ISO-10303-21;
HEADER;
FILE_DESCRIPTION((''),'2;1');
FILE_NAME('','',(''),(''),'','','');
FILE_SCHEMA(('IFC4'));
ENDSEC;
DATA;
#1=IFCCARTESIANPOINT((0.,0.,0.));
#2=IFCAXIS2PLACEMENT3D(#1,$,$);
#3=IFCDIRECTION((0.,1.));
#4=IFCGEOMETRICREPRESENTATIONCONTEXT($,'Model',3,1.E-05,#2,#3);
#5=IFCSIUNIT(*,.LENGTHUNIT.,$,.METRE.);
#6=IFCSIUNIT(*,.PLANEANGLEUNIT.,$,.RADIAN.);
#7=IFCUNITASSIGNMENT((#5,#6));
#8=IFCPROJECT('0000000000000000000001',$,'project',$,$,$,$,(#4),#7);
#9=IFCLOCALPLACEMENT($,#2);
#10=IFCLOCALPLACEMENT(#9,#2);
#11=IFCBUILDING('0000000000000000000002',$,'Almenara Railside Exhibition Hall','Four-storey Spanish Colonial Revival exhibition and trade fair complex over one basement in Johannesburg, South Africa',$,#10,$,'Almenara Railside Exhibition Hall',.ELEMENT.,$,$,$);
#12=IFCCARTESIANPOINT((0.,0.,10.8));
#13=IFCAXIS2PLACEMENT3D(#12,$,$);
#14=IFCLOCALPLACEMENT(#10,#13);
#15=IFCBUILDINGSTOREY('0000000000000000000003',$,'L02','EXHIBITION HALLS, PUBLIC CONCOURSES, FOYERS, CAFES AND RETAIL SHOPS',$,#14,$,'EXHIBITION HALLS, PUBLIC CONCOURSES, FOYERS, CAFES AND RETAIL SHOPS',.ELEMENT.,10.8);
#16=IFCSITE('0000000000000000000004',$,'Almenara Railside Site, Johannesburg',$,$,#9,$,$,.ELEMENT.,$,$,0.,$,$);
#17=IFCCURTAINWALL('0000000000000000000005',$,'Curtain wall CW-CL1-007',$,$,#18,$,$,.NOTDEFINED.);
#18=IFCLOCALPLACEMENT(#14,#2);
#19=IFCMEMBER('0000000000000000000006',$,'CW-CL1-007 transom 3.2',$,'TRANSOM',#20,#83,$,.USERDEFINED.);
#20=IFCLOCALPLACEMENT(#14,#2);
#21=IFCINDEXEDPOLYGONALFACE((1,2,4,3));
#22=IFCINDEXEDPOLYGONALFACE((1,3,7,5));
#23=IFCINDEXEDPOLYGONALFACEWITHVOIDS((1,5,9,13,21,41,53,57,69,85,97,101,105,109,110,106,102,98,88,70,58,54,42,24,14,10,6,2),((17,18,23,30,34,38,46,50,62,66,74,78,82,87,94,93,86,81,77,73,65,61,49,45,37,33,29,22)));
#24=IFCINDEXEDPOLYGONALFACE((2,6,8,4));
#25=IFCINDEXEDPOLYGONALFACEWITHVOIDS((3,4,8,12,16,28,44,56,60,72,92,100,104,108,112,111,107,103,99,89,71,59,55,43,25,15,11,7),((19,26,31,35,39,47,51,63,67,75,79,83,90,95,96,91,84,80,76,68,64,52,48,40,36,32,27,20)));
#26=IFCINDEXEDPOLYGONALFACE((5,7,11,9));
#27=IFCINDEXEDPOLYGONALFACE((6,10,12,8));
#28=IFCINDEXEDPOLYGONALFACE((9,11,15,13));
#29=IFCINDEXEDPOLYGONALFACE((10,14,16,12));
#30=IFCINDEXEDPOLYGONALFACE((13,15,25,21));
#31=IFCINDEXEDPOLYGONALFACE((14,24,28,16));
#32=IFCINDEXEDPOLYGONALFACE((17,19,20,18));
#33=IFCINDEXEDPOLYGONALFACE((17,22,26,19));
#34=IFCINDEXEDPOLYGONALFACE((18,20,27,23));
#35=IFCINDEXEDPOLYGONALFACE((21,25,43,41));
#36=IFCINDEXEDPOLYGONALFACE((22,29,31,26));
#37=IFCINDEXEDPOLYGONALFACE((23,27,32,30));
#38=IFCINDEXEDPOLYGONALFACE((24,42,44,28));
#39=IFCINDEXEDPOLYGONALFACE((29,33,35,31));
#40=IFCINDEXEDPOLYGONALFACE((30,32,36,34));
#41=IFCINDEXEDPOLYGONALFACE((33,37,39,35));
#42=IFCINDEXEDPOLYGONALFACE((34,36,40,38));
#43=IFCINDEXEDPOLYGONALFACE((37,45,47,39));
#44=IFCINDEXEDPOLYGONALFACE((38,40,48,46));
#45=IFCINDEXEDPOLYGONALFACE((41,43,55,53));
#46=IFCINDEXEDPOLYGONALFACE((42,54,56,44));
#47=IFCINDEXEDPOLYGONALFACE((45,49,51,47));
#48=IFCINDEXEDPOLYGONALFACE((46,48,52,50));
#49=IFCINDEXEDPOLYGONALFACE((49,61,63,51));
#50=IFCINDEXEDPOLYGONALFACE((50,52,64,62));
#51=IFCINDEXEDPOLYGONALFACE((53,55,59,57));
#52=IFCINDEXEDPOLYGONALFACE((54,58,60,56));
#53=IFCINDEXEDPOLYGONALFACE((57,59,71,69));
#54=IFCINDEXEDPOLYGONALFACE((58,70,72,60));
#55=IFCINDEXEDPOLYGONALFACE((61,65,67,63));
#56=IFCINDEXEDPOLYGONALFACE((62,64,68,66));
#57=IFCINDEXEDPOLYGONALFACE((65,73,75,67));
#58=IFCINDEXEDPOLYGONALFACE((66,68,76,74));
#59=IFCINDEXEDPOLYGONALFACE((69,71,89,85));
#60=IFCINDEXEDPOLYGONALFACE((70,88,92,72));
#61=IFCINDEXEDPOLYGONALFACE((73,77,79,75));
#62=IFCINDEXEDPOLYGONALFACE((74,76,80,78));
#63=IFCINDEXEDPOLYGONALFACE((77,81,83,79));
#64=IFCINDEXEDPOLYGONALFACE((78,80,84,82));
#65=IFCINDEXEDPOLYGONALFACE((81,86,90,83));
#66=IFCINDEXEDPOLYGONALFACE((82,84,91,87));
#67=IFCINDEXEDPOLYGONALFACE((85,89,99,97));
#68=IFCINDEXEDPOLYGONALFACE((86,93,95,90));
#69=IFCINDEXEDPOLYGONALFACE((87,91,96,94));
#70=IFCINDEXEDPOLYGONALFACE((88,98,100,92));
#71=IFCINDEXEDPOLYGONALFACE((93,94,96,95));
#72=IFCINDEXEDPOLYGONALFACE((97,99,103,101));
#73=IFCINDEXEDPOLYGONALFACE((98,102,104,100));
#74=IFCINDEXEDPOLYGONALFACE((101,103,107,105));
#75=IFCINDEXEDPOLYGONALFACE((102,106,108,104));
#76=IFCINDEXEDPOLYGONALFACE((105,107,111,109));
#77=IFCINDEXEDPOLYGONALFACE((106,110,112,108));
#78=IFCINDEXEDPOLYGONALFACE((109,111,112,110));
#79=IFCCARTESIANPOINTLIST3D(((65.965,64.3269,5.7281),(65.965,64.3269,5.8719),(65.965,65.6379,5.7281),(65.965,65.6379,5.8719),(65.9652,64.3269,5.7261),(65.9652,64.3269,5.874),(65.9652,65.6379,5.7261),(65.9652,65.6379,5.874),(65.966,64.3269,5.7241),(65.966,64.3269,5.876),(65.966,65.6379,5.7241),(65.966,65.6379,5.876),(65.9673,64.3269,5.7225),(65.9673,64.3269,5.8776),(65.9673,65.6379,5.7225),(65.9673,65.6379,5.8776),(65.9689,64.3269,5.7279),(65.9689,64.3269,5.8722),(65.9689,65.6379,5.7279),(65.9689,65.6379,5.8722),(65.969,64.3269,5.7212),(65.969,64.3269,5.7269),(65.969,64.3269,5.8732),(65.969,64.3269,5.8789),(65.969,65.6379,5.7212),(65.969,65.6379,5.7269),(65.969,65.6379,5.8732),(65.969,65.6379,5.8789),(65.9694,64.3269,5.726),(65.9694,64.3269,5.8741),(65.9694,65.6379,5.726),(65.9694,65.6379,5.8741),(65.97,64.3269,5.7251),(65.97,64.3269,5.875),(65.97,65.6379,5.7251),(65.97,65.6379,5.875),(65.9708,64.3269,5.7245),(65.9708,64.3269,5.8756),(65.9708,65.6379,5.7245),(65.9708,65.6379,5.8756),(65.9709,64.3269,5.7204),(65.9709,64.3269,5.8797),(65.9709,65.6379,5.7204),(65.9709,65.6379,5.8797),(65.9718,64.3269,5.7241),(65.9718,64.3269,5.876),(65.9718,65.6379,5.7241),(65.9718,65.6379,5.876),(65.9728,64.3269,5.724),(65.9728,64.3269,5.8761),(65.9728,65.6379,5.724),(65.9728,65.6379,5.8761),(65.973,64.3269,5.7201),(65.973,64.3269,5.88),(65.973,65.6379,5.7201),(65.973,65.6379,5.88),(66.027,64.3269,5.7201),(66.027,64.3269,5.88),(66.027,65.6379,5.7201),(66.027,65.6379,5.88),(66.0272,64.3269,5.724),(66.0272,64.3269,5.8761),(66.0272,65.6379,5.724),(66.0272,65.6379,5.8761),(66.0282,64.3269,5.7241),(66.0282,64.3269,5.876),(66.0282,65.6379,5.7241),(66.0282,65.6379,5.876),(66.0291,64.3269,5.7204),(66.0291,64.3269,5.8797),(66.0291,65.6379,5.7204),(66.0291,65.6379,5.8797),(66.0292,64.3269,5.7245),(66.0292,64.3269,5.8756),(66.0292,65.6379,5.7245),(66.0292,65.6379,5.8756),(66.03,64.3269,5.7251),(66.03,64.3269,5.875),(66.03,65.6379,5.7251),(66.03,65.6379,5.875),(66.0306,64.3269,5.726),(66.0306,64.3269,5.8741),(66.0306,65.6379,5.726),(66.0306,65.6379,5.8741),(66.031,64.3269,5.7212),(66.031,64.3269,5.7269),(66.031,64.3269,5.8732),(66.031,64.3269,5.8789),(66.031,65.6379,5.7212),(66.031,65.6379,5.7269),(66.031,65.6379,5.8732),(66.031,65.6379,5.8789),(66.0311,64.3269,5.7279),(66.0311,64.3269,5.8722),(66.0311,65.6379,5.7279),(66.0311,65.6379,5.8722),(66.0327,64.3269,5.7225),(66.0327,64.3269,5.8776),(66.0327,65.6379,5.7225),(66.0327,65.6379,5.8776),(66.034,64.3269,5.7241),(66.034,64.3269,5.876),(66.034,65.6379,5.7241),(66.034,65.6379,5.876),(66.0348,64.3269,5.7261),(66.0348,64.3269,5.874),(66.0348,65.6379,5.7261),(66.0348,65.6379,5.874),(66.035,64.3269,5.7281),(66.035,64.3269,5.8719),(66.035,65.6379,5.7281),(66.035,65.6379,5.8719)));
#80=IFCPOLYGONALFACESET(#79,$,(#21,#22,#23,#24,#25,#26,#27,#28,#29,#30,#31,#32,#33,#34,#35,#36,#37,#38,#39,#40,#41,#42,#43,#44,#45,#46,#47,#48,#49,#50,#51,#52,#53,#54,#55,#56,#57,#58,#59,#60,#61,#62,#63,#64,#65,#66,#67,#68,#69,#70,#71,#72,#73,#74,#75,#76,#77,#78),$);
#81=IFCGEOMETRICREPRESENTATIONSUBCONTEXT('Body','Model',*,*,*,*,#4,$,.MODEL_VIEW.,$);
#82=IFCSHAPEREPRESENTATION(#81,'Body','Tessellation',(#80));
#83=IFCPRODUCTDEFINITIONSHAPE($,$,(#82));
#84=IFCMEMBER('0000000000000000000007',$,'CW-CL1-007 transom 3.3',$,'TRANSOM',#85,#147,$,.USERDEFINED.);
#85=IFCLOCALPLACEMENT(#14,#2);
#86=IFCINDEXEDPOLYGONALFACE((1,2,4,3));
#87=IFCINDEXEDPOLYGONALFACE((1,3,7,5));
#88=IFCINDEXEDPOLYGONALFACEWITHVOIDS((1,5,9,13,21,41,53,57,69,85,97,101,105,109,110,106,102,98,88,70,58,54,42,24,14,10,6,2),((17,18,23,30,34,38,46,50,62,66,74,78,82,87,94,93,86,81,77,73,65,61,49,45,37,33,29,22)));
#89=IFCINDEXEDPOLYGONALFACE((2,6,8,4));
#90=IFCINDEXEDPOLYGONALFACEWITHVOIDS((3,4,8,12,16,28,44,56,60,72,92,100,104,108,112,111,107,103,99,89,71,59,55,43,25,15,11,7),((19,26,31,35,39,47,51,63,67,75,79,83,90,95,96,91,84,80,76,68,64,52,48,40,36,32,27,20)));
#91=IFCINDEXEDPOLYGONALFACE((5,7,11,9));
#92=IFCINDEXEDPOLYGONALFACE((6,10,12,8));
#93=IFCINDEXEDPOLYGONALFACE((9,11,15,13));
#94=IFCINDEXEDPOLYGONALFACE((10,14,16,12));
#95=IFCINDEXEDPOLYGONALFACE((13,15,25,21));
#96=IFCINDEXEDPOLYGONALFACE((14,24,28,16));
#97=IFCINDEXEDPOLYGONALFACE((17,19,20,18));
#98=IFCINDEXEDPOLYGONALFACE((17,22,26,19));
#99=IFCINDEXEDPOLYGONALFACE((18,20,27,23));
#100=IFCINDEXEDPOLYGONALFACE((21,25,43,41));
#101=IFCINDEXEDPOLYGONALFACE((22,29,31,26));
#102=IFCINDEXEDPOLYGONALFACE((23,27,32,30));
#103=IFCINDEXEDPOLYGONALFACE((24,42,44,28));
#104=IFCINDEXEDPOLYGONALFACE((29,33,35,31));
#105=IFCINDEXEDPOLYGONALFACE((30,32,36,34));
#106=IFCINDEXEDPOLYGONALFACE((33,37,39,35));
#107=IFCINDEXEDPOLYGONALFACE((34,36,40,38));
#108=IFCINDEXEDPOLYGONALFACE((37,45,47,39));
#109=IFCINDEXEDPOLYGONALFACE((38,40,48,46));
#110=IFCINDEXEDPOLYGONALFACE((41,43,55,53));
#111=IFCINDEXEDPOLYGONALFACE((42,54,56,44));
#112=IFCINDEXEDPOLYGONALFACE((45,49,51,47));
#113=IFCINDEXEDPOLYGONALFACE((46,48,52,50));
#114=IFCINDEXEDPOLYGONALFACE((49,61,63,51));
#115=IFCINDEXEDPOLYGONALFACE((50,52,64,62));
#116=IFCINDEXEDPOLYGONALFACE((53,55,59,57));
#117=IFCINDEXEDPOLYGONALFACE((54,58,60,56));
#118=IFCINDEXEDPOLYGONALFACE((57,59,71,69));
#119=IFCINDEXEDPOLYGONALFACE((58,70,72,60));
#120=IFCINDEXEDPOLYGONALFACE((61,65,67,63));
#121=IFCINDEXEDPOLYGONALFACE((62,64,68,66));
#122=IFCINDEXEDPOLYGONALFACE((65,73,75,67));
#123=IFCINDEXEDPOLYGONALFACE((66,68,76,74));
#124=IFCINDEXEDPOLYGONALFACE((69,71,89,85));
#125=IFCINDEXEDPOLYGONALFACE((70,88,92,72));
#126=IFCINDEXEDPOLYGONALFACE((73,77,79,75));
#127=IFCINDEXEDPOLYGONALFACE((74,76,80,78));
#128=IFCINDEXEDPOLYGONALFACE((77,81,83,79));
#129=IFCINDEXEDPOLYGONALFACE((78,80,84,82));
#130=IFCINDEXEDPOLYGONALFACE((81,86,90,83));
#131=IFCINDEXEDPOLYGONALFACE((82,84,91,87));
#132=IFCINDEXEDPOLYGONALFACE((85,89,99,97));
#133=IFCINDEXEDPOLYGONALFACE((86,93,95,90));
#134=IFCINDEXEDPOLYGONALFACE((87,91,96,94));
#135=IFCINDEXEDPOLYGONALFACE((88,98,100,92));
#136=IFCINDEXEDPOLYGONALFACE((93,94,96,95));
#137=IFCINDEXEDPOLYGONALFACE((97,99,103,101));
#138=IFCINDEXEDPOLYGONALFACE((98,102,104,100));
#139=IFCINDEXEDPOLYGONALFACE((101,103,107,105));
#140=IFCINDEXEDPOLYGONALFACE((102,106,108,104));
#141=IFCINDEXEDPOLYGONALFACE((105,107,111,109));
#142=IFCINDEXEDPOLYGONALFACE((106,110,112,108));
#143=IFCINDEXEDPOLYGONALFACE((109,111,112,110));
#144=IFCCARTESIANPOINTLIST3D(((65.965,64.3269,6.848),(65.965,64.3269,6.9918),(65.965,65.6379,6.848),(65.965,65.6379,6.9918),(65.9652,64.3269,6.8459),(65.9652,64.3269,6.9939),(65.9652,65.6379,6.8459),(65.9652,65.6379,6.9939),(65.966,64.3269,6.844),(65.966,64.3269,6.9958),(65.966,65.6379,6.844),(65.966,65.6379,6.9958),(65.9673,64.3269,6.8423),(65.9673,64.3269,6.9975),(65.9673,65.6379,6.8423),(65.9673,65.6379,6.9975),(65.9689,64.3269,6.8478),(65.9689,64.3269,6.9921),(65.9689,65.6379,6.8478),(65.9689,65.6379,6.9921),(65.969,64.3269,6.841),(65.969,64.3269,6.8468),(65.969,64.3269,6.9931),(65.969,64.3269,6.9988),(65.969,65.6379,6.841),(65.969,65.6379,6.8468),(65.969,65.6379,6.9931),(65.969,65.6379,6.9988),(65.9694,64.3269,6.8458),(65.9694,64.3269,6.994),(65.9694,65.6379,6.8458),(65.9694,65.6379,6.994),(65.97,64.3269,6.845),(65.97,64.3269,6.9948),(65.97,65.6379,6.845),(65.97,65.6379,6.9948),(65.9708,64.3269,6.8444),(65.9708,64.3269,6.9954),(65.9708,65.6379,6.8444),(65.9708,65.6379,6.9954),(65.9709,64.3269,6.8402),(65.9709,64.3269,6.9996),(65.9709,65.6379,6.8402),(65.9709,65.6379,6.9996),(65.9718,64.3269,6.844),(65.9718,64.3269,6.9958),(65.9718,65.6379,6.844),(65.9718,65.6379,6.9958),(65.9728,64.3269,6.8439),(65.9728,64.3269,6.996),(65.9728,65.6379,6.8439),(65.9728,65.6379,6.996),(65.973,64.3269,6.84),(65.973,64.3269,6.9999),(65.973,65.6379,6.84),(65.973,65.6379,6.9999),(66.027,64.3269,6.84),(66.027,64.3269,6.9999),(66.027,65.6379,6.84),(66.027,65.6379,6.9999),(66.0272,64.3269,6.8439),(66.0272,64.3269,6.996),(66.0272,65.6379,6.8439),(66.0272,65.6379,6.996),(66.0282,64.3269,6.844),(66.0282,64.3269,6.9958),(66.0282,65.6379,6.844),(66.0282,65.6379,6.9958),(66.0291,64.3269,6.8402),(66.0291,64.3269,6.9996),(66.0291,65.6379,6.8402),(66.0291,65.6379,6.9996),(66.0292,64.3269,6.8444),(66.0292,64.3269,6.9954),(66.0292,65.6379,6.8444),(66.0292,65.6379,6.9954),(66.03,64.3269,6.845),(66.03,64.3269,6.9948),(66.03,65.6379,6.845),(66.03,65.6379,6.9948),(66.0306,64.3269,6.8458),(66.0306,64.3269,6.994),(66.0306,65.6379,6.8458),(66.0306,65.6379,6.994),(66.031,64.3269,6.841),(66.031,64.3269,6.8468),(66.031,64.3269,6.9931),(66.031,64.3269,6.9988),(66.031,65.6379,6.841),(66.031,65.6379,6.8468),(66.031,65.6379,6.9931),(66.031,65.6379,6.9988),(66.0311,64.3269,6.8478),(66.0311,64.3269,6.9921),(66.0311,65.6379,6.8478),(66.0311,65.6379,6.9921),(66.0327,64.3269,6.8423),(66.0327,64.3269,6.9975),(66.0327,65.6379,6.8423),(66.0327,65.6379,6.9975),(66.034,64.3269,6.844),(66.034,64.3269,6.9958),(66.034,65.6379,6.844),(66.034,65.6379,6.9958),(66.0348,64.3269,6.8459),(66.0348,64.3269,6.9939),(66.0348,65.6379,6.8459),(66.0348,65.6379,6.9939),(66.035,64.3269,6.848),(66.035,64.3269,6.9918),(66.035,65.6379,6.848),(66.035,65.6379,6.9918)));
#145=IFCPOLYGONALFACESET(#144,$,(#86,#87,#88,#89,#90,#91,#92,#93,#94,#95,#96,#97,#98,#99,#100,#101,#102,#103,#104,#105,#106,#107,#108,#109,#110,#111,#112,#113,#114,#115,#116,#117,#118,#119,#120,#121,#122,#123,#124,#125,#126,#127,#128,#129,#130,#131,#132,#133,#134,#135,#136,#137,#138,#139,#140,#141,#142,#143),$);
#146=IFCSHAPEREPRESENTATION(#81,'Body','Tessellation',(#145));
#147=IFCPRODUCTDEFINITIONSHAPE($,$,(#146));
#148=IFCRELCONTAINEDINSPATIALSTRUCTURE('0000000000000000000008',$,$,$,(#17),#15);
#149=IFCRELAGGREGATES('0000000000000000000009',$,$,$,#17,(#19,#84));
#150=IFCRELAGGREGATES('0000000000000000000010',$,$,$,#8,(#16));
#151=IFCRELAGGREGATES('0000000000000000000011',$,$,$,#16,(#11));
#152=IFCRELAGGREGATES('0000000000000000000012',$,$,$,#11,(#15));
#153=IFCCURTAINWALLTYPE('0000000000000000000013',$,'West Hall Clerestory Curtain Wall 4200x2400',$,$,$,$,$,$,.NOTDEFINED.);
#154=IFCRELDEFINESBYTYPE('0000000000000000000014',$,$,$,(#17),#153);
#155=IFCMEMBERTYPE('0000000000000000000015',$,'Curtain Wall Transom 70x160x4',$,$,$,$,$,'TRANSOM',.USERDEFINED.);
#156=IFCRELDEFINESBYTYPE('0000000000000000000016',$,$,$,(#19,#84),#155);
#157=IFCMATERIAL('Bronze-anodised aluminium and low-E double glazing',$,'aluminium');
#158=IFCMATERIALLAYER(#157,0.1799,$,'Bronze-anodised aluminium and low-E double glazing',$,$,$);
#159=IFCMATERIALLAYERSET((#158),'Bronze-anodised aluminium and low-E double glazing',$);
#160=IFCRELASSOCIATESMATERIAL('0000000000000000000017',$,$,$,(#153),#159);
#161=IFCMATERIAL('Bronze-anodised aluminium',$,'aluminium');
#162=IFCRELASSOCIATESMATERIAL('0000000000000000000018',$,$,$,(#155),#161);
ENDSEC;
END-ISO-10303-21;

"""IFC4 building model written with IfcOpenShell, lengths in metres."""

from ifc_helpers import new_model, si_unit, direction, frame, origin, origin_2d, place, context, subcontext, project, spatial, hollow_rectangle, extrude, material, layer, layer_set, material_profile, profile_set, type_object, element, aggregate, save


model = new_model("IFC4")

# Units and contexts
model_context = context("Model", 3, precision=1e-05, world=origin(), true_north=direction((0.0, 1.0)))
body_context = subcontext(model_context, "Body", "Model", "MODEL_VIEW")
ifc_project = project(units=[si_unit("LENGTHUNIT", "METRE"), si_unit("PLANEANGLEUNIT", "RADIAN")], contexts=[model_context])

# Site, building, storey
site_placement = place(None, origin())
site = spatial("IfcSite", under=ifc_project, at=site_placement, Name="Almenara Railside Site, Johannesburg", CompositionType="ELEMENT", RefElevation=0.0)
building_placement = place(site_placement, origin())
building = spatial("IfcBuilding", under=site, at=building_placement, Name="Almenara Railside Exhibition Hall", Description="Four-storey Spanish Colonial Revival exhibition and trade fair complex over one basement in Johannesburg, South Africa", LongName="Almenara Railside Exhibition Hall", CompositionType="ELEMENT")
storey_placement = place(building_placement, frame((0.0, 0.0, 10.8)))
storey = spatial("IfcBuildingStorey", under=building, at=storey_placement, Name="L02", Description="EXHIBITION HALLS, PUBLIC CONCOURSES, FOYERS, CAFES AND RETAIL SHOPS", LongName="EXHIBITION HALLS, PUBLIC CONCOURSES, FOYERS, CAFES AND RETAIL SHOPS", CompositionType="ELEMENT", Elevation=10.8)

# Curtain wall
ifc_material_1 = material(Name="Bronze-anodised aluminium and low-E double glazing", Category="aluminium")
ifc_layer_1 = layer(ifc_material_1, 0.1799, Name="Bronze-anodised aluminium and low-E double glazing")
ifc_layer_set_1 = layer_set([ifc_layer_1], Name="Bronze-anodised aluminium and low-E double glazing")
curtain_wall_type_1 = type_object("IfcCurtainWallType", Name="West Hall Clerestory Curtain Wall 4200x2400", PredefinedType="NOTDEFINED", material=ifc_layer_set_1)
ifc_material_2 = material(Name="Bronze-anodised aluminium", Category="aluminium")
curtain_wall_1_placement = place(storey_placement, origin())
curtain_wall_1 = element("IfcCurtainWall", 1, at=curtain_wall_1_placement, inside=storey, type_object=curtain_wall_type_1, Name="Curtain wall CW-CL1-007", PredefinedType="NOTDEFINED")

# Members
ifc_material_profile_1 = material_profile(ifc_material_2, hollow_rectangle(XDim=0.0701, YDim=0.1599, WallThickness=0.0039, InnerFilletRadius=0.0039, OuterFilletRadius=0.0081, at=origin_2d()), Name="ALU-TRN 70x160x4")
ifc_profile_set_1 = profile_set([ifc_material_profile_1], Name="Bronze-anodised aluminium")
member_type_1 = type_object("IfcMemberType", Name="Curtain Wall Transom 70x160x4", ElementType="TRANSOM", PredefinedType="USERDEFINED", material=ifc_profile_set_1)
member_1_placement = place(storey_placement, frame((66.0, 64.3269, 5.8), z_axis=(0.0, 1.0, 0.0), x_axis=(-1.0, 0.0, 0.0)))
member_1 = element("IfcMember", 2, at=member_1_placement, type_object=member_type_1, Name="CW-CL1-007 transom 3.2", ObjectType="TRANSOM", PredefinedType="USERDEFINED", context=body_context, shape_type="SweptSolid", body=[
    extrude(hollow_rectangle(XDim=0.0701, YDim=0.1599, WallThickness=0.0039, InnerFilletRadius=0.0039, OuterFilletRadius=0.0081, at=origin_2d()), origin(), (0.0, 0.0, 1.0), 1.311),
])
member_2_placement = place(storey_placement, frame((66.0, 64.3269, 6.9199), z_axis=(0.0, 1.0, 0.0), x_axis=(-1.0, 0.0, 0.0)))
member_2 = element("IfcMember", 3, at=member_2_placement, type_object=member_type_1, Name="CW-CL1-007 transom 3.3", ObjectType="TRANSOM", PredefinedType="USERDEFINED", context=body_context, shape_type="SweptSolid", body=[
    extrude(hollow_rectangle(XDim=0.0701, YDim=0.1599, WallThickness=0.0039, InnerFilletRadius=0.0039, OuterFilletRadius=0.0081, at=origin_2d()), origin(), (0.0, 0.0, 1.0), 1.311),
])

aggregate(curtain_wall_1, [member_1, member_2])

save(model, "model.ifc")
